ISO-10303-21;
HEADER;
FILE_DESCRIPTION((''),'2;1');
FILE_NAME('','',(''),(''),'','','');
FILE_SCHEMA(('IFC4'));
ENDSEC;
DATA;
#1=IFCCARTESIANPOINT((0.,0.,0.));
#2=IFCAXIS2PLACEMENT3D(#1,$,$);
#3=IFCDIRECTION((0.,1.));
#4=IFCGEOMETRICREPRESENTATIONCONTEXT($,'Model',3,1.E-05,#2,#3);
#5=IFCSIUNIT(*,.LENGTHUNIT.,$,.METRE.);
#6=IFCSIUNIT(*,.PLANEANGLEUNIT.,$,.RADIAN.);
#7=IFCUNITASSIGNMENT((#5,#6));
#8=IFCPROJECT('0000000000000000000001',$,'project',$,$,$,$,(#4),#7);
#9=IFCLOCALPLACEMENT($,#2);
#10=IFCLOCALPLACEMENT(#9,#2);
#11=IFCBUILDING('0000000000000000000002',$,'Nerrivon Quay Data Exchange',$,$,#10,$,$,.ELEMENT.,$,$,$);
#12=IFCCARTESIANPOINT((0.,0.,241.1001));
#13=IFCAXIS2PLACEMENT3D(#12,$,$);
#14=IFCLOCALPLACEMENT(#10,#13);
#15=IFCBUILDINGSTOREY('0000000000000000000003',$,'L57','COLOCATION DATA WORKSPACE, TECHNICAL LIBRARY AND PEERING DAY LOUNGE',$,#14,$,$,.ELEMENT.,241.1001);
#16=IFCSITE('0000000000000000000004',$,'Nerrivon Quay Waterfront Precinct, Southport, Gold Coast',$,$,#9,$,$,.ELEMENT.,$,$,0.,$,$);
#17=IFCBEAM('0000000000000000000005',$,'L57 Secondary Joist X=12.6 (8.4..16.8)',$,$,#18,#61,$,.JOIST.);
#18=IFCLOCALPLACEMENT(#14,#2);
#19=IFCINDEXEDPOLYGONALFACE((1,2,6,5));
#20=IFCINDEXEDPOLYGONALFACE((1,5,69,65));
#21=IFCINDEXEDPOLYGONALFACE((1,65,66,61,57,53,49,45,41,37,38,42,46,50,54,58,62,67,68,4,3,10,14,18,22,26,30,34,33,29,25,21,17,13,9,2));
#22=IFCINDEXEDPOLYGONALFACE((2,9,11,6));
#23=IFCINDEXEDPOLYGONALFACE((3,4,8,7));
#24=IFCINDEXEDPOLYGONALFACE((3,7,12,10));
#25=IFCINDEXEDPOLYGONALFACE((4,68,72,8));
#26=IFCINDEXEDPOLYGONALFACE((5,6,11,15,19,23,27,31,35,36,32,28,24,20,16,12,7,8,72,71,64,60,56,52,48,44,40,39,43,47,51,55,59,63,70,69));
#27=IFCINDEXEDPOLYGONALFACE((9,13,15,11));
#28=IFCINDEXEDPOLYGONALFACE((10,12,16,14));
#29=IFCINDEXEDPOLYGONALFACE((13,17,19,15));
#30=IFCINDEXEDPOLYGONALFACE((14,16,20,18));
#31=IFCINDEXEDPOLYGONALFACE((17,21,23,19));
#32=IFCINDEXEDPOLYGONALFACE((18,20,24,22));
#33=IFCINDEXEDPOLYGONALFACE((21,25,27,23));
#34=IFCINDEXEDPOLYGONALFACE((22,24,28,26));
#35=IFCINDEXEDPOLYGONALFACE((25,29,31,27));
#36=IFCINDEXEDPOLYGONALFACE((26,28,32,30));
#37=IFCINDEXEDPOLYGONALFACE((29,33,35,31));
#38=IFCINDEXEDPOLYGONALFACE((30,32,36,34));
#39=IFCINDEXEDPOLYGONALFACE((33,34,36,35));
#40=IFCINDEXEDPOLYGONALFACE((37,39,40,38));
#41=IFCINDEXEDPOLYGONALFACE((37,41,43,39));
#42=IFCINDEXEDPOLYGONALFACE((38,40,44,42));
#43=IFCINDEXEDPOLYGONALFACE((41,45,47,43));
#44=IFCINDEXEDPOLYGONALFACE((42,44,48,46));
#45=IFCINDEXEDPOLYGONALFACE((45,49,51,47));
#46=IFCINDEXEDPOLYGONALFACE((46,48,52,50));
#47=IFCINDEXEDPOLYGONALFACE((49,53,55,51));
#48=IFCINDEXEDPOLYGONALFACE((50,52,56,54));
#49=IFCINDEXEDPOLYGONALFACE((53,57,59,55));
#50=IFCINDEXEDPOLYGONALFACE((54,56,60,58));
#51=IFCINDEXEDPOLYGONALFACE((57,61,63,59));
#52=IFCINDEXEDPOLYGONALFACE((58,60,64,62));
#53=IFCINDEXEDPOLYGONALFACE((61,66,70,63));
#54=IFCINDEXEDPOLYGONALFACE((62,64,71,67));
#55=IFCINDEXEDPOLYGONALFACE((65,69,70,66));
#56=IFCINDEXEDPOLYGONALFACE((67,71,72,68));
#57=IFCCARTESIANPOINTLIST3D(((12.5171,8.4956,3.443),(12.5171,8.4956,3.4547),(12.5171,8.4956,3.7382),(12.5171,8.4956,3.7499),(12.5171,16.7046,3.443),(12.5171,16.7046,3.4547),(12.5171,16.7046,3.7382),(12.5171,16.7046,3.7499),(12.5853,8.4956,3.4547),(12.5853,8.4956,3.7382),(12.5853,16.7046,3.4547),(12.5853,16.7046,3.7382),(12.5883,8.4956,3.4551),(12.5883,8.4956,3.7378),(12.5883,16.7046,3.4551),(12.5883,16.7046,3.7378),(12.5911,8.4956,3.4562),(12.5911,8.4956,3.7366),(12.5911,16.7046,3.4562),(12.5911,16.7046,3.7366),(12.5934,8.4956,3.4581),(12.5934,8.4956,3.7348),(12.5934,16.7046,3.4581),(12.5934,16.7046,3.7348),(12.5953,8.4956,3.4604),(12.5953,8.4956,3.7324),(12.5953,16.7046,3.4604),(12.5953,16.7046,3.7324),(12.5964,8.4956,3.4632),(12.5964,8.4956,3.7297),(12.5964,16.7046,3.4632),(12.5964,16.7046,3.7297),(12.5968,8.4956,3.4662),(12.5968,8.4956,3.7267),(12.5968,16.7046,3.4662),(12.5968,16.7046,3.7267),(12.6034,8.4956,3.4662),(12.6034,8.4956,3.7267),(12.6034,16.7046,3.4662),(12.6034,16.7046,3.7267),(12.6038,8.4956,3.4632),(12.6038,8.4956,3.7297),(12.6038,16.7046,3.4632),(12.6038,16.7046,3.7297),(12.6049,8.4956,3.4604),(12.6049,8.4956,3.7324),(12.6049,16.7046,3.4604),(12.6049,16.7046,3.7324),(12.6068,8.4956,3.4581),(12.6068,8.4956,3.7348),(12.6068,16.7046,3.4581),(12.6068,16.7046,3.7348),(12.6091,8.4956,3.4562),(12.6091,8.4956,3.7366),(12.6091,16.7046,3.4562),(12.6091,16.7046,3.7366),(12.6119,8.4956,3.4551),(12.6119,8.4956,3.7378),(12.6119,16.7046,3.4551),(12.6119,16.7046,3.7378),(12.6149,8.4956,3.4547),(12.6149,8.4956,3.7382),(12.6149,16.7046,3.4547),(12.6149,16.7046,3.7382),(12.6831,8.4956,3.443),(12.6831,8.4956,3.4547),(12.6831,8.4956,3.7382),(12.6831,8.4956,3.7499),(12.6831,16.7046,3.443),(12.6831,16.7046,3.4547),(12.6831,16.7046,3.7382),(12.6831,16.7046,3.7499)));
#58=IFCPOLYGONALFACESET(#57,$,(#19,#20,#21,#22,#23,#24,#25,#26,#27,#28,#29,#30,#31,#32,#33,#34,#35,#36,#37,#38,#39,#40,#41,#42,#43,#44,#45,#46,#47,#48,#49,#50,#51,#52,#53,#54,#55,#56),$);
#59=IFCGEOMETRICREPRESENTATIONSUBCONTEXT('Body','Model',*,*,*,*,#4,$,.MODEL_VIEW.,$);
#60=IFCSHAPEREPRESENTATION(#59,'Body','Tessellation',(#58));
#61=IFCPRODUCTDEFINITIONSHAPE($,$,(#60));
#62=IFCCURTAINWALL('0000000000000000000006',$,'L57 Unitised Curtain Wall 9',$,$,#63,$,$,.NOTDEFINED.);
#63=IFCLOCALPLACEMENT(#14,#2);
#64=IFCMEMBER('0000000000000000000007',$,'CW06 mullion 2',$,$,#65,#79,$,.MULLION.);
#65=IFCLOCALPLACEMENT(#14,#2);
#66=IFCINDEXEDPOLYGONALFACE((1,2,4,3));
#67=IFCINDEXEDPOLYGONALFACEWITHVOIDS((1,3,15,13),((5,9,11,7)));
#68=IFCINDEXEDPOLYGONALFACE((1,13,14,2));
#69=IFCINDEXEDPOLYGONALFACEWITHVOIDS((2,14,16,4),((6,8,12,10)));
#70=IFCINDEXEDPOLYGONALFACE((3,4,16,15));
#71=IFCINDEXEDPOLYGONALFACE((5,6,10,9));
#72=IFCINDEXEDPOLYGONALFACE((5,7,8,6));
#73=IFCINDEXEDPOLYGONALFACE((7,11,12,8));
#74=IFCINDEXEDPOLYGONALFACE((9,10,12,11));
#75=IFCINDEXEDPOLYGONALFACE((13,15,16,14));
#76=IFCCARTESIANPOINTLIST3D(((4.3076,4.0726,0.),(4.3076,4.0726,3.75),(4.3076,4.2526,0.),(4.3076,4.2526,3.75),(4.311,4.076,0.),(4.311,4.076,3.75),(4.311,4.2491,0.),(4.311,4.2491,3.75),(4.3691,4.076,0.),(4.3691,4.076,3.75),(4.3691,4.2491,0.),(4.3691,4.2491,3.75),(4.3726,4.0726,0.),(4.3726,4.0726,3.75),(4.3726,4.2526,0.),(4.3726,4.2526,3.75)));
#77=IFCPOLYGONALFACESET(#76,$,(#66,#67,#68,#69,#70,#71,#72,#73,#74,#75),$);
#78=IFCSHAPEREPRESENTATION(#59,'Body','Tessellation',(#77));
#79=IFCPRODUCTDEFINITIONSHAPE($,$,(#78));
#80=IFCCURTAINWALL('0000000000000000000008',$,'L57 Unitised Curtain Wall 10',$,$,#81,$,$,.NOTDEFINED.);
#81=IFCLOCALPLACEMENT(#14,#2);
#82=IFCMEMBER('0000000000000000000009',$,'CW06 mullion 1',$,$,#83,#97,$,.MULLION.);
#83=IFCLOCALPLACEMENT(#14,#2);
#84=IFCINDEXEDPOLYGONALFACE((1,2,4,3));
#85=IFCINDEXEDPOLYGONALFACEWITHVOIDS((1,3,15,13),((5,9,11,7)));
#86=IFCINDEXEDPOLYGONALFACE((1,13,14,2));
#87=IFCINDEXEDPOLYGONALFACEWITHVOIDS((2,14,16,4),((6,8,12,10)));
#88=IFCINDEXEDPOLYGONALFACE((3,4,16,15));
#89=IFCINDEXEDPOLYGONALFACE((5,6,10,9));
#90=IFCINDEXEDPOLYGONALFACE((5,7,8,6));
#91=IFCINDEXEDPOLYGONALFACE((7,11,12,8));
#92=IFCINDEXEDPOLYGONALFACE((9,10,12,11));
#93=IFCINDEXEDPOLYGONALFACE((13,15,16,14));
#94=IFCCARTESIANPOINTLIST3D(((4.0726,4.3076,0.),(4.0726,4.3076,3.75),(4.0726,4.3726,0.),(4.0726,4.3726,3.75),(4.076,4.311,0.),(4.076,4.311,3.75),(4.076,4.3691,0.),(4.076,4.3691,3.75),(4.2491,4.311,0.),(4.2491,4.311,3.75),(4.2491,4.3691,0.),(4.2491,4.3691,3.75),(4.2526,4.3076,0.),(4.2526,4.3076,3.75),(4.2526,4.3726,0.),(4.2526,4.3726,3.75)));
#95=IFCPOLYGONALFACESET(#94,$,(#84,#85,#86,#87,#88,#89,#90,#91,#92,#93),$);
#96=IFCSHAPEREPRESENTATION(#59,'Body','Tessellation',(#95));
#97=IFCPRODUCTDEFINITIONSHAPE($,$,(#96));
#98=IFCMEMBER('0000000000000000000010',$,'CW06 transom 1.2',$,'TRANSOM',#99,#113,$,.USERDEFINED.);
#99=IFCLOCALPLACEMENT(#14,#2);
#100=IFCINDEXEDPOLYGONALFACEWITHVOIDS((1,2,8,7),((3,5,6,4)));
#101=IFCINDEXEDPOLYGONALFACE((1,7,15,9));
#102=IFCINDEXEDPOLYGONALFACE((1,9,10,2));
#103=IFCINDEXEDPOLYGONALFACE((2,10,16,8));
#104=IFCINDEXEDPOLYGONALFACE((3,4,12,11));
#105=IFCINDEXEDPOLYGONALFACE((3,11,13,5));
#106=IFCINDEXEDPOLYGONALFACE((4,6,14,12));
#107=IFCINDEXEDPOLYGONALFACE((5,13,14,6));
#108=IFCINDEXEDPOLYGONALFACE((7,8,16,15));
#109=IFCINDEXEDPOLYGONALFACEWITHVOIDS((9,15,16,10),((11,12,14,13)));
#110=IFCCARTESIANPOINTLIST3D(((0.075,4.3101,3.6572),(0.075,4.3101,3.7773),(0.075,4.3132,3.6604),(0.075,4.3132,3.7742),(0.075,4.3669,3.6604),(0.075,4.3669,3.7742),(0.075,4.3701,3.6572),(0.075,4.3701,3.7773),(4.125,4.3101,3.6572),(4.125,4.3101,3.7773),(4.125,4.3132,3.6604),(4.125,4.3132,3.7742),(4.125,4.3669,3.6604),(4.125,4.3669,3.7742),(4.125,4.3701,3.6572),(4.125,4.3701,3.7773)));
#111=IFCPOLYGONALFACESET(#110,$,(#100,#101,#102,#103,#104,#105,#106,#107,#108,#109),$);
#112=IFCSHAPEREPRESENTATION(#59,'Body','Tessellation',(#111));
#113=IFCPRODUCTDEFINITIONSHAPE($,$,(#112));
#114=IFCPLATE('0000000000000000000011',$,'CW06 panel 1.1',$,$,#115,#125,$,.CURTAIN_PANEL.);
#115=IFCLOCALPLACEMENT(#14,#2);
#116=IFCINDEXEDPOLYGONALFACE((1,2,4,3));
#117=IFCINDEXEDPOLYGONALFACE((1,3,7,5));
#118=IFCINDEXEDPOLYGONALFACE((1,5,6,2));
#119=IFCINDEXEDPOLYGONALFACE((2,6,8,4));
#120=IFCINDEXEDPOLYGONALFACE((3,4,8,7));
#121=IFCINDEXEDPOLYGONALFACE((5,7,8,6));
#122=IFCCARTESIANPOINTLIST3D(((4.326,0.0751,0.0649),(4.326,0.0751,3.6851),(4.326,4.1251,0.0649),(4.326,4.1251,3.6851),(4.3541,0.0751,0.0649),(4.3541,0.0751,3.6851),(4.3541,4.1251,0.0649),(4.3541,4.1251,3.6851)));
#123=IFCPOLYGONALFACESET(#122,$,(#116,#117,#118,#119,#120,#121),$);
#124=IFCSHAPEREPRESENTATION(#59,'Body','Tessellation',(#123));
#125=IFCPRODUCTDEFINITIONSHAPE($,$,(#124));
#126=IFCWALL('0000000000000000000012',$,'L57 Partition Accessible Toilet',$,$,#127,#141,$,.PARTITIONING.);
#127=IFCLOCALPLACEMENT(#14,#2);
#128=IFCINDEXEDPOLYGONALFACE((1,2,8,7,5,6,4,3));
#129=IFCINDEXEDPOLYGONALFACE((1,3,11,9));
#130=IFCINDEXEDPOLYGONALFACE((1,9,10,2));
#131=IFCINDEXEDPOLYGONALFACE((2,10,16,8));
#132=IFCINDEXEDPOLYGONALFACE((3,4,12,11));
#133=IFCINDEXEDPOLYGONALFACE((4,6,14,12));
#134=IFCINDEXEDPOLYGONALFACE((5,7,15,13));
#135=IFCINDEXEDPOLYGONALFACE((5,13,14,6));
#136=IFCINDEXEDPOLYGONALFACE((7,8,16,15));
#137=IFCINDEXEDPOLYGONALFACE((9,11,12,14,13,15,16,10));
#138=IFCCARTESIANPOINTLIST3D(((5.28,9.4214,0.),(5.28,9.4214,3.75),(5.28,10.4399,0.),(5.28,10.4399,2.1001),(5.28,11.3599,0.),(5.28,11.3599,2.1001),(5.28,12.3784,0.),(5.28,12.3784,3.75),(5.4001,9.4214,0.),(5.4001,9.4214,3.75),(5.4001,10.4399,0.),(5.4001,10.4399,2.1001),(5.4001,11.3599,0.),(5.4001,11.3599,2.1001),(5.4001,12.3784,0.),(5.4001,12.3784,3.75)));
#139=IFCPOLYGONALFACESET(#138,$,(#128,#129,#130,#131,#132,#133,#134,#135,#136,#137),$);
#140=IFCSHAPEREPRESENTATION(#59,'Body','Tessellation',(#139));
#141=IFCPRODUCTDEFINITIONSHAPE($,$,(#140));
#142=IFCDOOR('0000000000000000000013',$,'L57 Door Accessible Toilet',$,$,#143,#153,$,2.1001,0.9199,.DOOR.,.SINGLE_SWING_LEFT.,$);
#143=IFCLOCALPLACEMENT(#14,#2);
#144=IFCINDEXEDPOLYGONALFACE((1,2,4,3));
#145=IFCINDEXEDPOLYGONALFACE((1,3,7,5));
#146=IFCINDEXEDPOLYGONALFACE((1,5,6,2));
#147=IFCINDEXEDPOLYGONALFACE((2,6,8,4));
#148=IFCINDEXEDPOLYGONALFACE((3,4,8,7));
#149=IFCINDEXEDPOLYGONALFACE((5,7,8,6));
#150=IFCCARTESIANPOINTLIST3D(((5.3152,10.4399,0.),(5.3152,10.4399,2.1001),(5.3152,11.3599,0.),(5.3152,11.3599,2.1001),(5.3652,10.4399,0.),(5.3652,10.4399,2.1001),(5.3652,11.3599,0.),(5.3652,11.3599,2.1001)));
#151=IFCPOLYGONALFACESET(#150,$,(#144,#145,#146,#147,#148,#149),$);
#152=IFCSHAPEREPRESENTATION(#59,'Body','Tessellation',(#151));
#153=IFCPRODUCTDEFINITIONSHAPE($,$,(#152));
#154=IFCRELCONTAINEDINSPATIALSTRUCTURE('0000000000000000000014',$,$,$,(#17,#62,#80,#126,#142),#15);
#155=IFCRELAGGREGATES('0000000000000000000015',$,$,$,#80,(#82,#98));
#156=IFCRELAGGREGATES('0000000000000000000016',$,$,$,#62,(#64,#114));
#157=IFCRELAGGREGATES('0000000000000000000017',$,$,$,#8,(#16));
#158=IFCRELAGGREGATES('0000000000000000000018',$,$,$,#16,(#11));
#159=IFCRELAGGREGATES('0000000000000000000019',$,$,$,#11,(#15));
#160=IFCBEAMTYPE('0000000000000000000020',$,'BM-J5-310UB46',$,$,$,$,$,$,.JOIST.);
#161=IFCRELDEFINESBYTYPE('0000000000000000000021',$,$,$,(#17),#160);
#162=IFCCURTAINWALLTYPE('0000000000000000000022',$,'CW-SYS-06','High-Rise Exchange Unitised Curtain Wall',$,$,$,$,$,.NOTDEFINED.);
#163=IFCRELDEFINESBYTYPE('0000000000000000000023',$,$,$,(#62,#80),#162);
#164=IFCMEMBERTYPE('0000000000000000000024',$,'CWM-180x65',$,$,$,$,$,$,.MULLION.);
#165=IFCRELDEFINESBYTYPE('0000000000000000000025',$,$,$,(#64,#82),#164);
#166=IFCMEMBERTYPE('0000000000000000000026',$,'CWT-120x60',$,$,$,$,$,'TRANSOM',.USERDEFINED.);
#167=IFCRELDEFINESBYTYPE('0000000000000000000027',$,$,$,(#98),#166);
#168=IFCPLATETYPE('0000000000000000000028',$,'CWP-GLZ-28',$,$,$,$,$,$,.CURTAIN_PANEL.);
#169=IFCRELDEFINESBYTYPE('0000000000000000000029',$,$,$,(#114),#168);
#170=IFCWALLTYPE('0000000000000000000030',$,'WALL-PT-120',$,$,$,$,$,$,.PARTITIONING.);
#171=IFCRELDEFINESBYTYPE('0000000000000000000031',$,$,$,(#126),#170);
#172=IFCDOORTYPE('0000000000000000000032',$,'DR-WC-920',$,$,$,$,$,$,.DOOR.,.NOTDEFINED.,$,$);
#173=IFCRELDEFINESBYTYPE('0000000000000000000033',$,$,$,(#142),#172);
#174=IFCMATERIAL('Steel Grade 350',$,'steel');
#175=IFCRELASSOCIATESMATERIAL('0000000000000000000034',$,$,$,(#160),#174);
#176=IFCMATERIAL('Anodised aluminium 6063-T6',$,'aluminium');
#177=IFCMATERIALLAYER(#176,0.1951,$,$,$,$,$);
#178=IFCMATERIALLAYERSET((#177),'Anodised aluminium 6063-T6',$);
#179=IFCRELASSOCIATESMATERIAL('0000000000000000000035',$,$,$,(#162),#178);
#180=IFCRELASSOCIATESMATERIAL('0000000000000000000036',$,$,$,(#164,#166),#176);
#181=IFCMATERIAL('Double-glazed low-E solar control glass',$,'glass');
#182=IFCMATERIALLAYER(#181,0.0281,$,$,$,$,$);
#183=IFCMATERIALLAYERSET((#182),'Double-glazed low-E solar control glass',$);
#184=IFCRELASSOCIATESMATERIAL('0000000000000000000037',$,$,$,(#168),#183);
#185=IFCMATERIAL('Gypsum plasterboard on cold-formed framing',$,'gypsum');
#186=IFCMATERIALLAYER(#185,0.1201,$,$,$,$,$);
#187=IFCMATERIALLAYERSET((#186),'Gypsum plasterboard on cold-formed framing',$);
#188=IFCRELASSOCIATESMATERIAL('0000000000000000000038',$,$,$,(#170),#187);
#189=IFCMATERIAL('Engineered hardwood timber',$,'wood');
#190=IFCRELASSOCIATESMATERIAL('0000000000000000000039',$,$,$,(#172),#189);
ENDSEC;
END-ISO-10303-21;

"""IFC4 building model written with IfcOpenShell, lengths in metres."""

from ifc_helpers import new_model, si_unit, direction, frame, frame_2d, origin, origin_2d, place, context, subcontext, project, spatial, rectangle, hollow_rectangle, i_section, extrude, material, layer, layer_set, material_profile, profile_set, type_object, element, fill, aggregate, save


model = new_model("IFC4")

# Units and contexts
model_context = context("Model", 3, precision=1e-05, world=origin(), true_north=direction((0.0, 1.0)))
body_context = subcontext(model_context, "Body", "Model", "MODEL_VIEW")
ifc_project = project(units=[si_unit("LENGTHUNIT", "METRE"), si_unit("PLANEANGLEUNIT", "RADIAN")], contexts=[model_context])

# Site, building, storey
site_placement = place(None, origin())
site = spatial("IfcSite", under=ifc_project, at=site_placement, Name="Nerrivon Quay Waterfront Precinct, Southport, Gold Coast", CompositionType="ELEMENT", RefElevation=0.0)
building_placement = place(site_placement, origin())
building = spatial("IfcBuilding", under=site, at=building_placement, Name="Nerrivon Quay Data Exchange", CompositionType="ELEMENT")
storey_placement = place(building_placement, frame((0.0, 0.0, 241.1001)))
storey = spatial("IfcBuildingStorey", under=building, at=storey_placement, Name="L57", Description="COLOCATION DATA WORKSPACE, TECHNICAL LIBRARY AND PEERING DAY LOUNGE", CompositionType="ELEMENT", Elevation=241.1001)

# Shared definitions
ifc_material_1 = material(Name="Steel Grade 350", Category="steel")

# Beam
ifc_material_profile_1 = material_profile(ifc_material_1, i_section(OverallWidth=0.166, OverallDepth=0.3069, WebThickness=0.0066, FlangeThickness=0.0117, FilletRadius=0.0115, at=origin_2d()), Name="310UB46.2")
ifc_profile_set_1 = profile_set([ifc_material_profile_1], Name="Steel Grade 350")
beam_type_1 = type_object("IfcBeamType", Name="BM-J5-310UB46", PredefinedType="JOIST", material=ifc_profile_set_1)
for number, where, z_axis, x_axis, name in (
    (1, (12.6001, 8.4956, 3.5964), (0.0, 1.0, 0.0), (-1.0, 0.0, 0.0), "L57 Secondary Joist X=12.6 (8.4..16.8)"),
):
    element("IfcBeam", number, at=place(storey_placement, frame(where, z_axis=z_axis, x_axis=x_axis)), inside=storey, type_object=beam_type_1, Name=name, PredefinedType="JOIST", context=body_context, shape_type="SweptSolid", body=[
        extrude(i_section(OverallWidth=0.166, OverallDepth=0.3069, WebThickness=0.0066, FlangeThickness=0.0117, FilletRadius=0.0115, at=origin_2d()), origin(), (0.0, 0.0, 1.0), 8.209),
    ])

# Curtain wall, member
ifc_material_2 = material(Name="Anodised aluminium 6063-T6", Category="aluminium")
ifc_layer_1 = layer(ifc_material_2, 0.1951)
ifc_layer_set_1 = layer_set([ifc_layer_1], Name="Anodised aluminium 6063-T6")
curtain_wall_type = type_object("IfcCurtainWallType", Name="CW-SYS-06", Description="High-Rise Exchange Unitised Curtain Wall", PredefinedType="NOTDEFINED", material=ifc_layer_set_1)
curtain_wall_1_placement = place(storey_placement, origin())
curtain_wall_1 = element("IfcCurtainWall", 2, at=curtain_wall_1_placement, inside=storey, type_object=curtain_wall_type, Name="L57 Unitised Curtain Wall 9", PredefinedType="NOTDEFINED")
ifc_material_profile_2 = material_profile(ifc_material_2, hollow_rectangle(XDim=0.0649, YDim=0.1799, WallThickness=0.0034, at=origin_2d()), Name="ALU-MULL-180x65")
ifc_profile_set_2 = profile_set([ifc_material_profile_2], Name="Anodised aluminium 6063-T6")
member_type_1 = type_object("IfcMemberType", Name="CWM-180x65", PredefinedType="MULLION", material=ifc_profile_set_2)
member_1_placement = place(storey_placement, frame((4.3401, 4.1626, 0.0), z_axis=(0.0, 0.0, 1.0), x_axis=(-1.0, 0.0, 0.0)))
member_1 = element("IfcMember", 3, at=member_1_placement, type_object=member_type_1, Name="CW06 mullion 2", PredefinedType="MULLION", context=body_context, shape_type="SweptSolid", body=[
    extrude(hollow_rectangle(XDim=0.0649, YDim=0.1799, WallThickness=0.0034, at=origin_2d()), origin(), (0.0, 0.0, 1.0), 3.75),
])

# Curtain wall, members
curtain_wall_2_placement = place(storey_placement, origin())
curtain_wall_2 = element("IfcCurtainWall", 4, at=curtain_wall_2_placement, inside=storey, type_object=curtain_wall_type, Name="L57 Unitised Curtain Wall 10", PredefinedType="NOTDEFINED")
member_2_placement = place(storey_placement, frame((4.1626, 4.3401, 0.0), z_axis=(0.0, 0.0, 1.0), x_axis=(0.0, -1.0, 0.0)))
member_2 = element("IfcMember", 5, at=member_2_placement, type_object=member_type_1, Name="CW06 mullion 1", PredefinedType="MULLION", context=body_context, shape_type="SweptSolid", body=[
    extrude(hollow_rectangle(XDim=0.0649, YDim=0.1799, WallThickness=0.0034, at=origin_2d()), origin(), (0.0, 0.0, 1.0), 3.75),
])
ifc_material_profile_3 = material_profile(ifc_material_2, hollow_rectangle(XDim=0.0601, YDim=0.1201, WallThickness=0.0032, at=origin_2d()), Name="ALU-TRAN-120x60")
ifc_profile_set_3 = profile_set([ifc_material_profile_3], Name="Anodised aluminium 6063-T6")
member_type_2 = type_object("IfcMemberType", Name="CWT-120x60", ElementType="TRANSOM", PredefinedType="USERDEFINED", material=ifc_profile_set_3)
member_3_placement = place(storey_placement, frame((4.125, 4.3401, 3.7173), z_axis=(-1.0, 0.0, 0.0), x_axis=(0.0, -1.0, 0.0)))
member_3 = element("IfcMember", 6, at=member_3_placement, type_object=member_type_2, Name="CW06 transom 1.2", ObjectType="TRANSOM", PredefinedType="USERDEFINED", context=body_context, shape_type="SweptSolid", body=[
    extrude(hollow_rectangle(XDim=0.0601, YDim=0.1201, WallThickness=0.0032, at=origin_2d()), origin(), (0.0, 0.0, 1.0), 4.05),
])
aggregate(curtain_wall_2, [member_2, member_3])

# Plate
ifc_material_3 = material(Name="Double-glazed low-E solar control glass", Category="glass")
ifc_layer_2 = layer(ifc_material_3, 0.0281)
ifc_layer_set_2 = layer_set([ifc_layer_2], Name="Double-glazed low-E solar control glass")
plate_type = type_object("IfcPlateType", Name="CWP-GLZ-28", PredefinedType="CURTAIN_PANEL", material=ifc_layer_set_2)
plate_placement = place(storey_placement, frame((4.3401, 2.1001, 0.0649), z_axis=(0.0, 0.0, 1.0), x_axis=(0.0, 1.0, 0.0)))
plate = element("IfcPlate", 7, at=plate_placement, type_object=plate_type, Name="CW06 panel 1.1", PredefinedType="CURTAIN_PANEL", context=body_context, shape_type="SweptSolid", body=[
    extrude(rectangle(XDim=4.05, YDim=0.0281, at=origin_2d()), origin(), (0.0, 0.0, 1.0), 3.6201),
])
aggregate(curtain_wall_1, [member_1, plate])

# Wall, opening, door
ifc_material_4 = material(Name="Gypsum plasterboard on cold-formed framing", Category="gypsum")
ifc_layer_3 = layer(ifc_material_4, 0.1201)
ifc_layer_set_3 = layer_set([ifc_layer_3], Name="Gypsum plasterboard on cold-formed framing")
wall_type_1 = type_object("IfcWallType", Name="WALL-PT-120", PredefinedType="PARTITIONING", material=ifc_layer_set_3)
wall_1_placement = place(storey_placement, frame((5.3401, 9.4214, 0.0), z_axis=(0.0, 0.0, 1.0), x_axis=(0.0, 1.0, 0.0)))
wall_1 = element("IfcWall", 8, at=wall_1_placement, inside=storey, type_object=wall_type_1, Name="L57 Partition Accessible Toilet", PredefinedType="PARTITIONING", context=body_context, shape_type="SweptSolid", body=[
    extrude(rectangle(XDim=2.957, YDim=0.1201, at=frame_2d((1.4785, 0.0))), origin(), (0.0, 0.0, 1.0), 3.75),
])
opening_1_placement = place(wall_1_placement, frame((1.0186, 0.0, 0.0)))
opening_1 = element("IfcOpeningElement", 9, at=opening_1_placement, cuts=wall_1, PredefinedType="OPENING", context=body_context, shape_type="SweptSolid", body=[
    extrude(rectangle(XDim=0.9199, YDim=2.1001, at=frame_2d((0.46, 1.05))), frame((0.0, 0.0701, 0.0), z_axis=(0.0, -1.0, 0.0), x_axis=(1.0, 0.0, 0.0)), (0.0, 0.0, 1.0), 0.1401),
])
ifc_material_5 = material(Name="Engineered hardwood timber", Category="wood")
door_type_1 = type_object("IfcDoorType", Name="DR-WC-920", OperationType="NOTDEFINED", PredefinedType="DOOR", material=ifc_material_5)
door_1_placement = place(opening_1_placement, origin())
door_1 = element("IfcDoor", 10, at=door_1_placement, inside=storey, type_object=door_type_1, Name="L57 Door Accessible Toilet", OperationType="SINGLE_SWING_LEFT", OverallHeight=2.1001, OverallWidth=0.9199, PredefinedType="DOOR", context=body_context, shape_type="SweptSolid", body=[
    extrude(rectangle(XDim=0.9199, YDim=2.1001, at=frame_2d((0.46, 1.05))), frame((0.0, 0.0249, 0.0), z_axis=(0.0, -1.0, 0.0), x_axis=(1.0, 0.0, 0.0)), (0.0, 0.0, 1.0), 0.05),
])
fill(opening_1, door_1)

save(model, "model.ifc")
